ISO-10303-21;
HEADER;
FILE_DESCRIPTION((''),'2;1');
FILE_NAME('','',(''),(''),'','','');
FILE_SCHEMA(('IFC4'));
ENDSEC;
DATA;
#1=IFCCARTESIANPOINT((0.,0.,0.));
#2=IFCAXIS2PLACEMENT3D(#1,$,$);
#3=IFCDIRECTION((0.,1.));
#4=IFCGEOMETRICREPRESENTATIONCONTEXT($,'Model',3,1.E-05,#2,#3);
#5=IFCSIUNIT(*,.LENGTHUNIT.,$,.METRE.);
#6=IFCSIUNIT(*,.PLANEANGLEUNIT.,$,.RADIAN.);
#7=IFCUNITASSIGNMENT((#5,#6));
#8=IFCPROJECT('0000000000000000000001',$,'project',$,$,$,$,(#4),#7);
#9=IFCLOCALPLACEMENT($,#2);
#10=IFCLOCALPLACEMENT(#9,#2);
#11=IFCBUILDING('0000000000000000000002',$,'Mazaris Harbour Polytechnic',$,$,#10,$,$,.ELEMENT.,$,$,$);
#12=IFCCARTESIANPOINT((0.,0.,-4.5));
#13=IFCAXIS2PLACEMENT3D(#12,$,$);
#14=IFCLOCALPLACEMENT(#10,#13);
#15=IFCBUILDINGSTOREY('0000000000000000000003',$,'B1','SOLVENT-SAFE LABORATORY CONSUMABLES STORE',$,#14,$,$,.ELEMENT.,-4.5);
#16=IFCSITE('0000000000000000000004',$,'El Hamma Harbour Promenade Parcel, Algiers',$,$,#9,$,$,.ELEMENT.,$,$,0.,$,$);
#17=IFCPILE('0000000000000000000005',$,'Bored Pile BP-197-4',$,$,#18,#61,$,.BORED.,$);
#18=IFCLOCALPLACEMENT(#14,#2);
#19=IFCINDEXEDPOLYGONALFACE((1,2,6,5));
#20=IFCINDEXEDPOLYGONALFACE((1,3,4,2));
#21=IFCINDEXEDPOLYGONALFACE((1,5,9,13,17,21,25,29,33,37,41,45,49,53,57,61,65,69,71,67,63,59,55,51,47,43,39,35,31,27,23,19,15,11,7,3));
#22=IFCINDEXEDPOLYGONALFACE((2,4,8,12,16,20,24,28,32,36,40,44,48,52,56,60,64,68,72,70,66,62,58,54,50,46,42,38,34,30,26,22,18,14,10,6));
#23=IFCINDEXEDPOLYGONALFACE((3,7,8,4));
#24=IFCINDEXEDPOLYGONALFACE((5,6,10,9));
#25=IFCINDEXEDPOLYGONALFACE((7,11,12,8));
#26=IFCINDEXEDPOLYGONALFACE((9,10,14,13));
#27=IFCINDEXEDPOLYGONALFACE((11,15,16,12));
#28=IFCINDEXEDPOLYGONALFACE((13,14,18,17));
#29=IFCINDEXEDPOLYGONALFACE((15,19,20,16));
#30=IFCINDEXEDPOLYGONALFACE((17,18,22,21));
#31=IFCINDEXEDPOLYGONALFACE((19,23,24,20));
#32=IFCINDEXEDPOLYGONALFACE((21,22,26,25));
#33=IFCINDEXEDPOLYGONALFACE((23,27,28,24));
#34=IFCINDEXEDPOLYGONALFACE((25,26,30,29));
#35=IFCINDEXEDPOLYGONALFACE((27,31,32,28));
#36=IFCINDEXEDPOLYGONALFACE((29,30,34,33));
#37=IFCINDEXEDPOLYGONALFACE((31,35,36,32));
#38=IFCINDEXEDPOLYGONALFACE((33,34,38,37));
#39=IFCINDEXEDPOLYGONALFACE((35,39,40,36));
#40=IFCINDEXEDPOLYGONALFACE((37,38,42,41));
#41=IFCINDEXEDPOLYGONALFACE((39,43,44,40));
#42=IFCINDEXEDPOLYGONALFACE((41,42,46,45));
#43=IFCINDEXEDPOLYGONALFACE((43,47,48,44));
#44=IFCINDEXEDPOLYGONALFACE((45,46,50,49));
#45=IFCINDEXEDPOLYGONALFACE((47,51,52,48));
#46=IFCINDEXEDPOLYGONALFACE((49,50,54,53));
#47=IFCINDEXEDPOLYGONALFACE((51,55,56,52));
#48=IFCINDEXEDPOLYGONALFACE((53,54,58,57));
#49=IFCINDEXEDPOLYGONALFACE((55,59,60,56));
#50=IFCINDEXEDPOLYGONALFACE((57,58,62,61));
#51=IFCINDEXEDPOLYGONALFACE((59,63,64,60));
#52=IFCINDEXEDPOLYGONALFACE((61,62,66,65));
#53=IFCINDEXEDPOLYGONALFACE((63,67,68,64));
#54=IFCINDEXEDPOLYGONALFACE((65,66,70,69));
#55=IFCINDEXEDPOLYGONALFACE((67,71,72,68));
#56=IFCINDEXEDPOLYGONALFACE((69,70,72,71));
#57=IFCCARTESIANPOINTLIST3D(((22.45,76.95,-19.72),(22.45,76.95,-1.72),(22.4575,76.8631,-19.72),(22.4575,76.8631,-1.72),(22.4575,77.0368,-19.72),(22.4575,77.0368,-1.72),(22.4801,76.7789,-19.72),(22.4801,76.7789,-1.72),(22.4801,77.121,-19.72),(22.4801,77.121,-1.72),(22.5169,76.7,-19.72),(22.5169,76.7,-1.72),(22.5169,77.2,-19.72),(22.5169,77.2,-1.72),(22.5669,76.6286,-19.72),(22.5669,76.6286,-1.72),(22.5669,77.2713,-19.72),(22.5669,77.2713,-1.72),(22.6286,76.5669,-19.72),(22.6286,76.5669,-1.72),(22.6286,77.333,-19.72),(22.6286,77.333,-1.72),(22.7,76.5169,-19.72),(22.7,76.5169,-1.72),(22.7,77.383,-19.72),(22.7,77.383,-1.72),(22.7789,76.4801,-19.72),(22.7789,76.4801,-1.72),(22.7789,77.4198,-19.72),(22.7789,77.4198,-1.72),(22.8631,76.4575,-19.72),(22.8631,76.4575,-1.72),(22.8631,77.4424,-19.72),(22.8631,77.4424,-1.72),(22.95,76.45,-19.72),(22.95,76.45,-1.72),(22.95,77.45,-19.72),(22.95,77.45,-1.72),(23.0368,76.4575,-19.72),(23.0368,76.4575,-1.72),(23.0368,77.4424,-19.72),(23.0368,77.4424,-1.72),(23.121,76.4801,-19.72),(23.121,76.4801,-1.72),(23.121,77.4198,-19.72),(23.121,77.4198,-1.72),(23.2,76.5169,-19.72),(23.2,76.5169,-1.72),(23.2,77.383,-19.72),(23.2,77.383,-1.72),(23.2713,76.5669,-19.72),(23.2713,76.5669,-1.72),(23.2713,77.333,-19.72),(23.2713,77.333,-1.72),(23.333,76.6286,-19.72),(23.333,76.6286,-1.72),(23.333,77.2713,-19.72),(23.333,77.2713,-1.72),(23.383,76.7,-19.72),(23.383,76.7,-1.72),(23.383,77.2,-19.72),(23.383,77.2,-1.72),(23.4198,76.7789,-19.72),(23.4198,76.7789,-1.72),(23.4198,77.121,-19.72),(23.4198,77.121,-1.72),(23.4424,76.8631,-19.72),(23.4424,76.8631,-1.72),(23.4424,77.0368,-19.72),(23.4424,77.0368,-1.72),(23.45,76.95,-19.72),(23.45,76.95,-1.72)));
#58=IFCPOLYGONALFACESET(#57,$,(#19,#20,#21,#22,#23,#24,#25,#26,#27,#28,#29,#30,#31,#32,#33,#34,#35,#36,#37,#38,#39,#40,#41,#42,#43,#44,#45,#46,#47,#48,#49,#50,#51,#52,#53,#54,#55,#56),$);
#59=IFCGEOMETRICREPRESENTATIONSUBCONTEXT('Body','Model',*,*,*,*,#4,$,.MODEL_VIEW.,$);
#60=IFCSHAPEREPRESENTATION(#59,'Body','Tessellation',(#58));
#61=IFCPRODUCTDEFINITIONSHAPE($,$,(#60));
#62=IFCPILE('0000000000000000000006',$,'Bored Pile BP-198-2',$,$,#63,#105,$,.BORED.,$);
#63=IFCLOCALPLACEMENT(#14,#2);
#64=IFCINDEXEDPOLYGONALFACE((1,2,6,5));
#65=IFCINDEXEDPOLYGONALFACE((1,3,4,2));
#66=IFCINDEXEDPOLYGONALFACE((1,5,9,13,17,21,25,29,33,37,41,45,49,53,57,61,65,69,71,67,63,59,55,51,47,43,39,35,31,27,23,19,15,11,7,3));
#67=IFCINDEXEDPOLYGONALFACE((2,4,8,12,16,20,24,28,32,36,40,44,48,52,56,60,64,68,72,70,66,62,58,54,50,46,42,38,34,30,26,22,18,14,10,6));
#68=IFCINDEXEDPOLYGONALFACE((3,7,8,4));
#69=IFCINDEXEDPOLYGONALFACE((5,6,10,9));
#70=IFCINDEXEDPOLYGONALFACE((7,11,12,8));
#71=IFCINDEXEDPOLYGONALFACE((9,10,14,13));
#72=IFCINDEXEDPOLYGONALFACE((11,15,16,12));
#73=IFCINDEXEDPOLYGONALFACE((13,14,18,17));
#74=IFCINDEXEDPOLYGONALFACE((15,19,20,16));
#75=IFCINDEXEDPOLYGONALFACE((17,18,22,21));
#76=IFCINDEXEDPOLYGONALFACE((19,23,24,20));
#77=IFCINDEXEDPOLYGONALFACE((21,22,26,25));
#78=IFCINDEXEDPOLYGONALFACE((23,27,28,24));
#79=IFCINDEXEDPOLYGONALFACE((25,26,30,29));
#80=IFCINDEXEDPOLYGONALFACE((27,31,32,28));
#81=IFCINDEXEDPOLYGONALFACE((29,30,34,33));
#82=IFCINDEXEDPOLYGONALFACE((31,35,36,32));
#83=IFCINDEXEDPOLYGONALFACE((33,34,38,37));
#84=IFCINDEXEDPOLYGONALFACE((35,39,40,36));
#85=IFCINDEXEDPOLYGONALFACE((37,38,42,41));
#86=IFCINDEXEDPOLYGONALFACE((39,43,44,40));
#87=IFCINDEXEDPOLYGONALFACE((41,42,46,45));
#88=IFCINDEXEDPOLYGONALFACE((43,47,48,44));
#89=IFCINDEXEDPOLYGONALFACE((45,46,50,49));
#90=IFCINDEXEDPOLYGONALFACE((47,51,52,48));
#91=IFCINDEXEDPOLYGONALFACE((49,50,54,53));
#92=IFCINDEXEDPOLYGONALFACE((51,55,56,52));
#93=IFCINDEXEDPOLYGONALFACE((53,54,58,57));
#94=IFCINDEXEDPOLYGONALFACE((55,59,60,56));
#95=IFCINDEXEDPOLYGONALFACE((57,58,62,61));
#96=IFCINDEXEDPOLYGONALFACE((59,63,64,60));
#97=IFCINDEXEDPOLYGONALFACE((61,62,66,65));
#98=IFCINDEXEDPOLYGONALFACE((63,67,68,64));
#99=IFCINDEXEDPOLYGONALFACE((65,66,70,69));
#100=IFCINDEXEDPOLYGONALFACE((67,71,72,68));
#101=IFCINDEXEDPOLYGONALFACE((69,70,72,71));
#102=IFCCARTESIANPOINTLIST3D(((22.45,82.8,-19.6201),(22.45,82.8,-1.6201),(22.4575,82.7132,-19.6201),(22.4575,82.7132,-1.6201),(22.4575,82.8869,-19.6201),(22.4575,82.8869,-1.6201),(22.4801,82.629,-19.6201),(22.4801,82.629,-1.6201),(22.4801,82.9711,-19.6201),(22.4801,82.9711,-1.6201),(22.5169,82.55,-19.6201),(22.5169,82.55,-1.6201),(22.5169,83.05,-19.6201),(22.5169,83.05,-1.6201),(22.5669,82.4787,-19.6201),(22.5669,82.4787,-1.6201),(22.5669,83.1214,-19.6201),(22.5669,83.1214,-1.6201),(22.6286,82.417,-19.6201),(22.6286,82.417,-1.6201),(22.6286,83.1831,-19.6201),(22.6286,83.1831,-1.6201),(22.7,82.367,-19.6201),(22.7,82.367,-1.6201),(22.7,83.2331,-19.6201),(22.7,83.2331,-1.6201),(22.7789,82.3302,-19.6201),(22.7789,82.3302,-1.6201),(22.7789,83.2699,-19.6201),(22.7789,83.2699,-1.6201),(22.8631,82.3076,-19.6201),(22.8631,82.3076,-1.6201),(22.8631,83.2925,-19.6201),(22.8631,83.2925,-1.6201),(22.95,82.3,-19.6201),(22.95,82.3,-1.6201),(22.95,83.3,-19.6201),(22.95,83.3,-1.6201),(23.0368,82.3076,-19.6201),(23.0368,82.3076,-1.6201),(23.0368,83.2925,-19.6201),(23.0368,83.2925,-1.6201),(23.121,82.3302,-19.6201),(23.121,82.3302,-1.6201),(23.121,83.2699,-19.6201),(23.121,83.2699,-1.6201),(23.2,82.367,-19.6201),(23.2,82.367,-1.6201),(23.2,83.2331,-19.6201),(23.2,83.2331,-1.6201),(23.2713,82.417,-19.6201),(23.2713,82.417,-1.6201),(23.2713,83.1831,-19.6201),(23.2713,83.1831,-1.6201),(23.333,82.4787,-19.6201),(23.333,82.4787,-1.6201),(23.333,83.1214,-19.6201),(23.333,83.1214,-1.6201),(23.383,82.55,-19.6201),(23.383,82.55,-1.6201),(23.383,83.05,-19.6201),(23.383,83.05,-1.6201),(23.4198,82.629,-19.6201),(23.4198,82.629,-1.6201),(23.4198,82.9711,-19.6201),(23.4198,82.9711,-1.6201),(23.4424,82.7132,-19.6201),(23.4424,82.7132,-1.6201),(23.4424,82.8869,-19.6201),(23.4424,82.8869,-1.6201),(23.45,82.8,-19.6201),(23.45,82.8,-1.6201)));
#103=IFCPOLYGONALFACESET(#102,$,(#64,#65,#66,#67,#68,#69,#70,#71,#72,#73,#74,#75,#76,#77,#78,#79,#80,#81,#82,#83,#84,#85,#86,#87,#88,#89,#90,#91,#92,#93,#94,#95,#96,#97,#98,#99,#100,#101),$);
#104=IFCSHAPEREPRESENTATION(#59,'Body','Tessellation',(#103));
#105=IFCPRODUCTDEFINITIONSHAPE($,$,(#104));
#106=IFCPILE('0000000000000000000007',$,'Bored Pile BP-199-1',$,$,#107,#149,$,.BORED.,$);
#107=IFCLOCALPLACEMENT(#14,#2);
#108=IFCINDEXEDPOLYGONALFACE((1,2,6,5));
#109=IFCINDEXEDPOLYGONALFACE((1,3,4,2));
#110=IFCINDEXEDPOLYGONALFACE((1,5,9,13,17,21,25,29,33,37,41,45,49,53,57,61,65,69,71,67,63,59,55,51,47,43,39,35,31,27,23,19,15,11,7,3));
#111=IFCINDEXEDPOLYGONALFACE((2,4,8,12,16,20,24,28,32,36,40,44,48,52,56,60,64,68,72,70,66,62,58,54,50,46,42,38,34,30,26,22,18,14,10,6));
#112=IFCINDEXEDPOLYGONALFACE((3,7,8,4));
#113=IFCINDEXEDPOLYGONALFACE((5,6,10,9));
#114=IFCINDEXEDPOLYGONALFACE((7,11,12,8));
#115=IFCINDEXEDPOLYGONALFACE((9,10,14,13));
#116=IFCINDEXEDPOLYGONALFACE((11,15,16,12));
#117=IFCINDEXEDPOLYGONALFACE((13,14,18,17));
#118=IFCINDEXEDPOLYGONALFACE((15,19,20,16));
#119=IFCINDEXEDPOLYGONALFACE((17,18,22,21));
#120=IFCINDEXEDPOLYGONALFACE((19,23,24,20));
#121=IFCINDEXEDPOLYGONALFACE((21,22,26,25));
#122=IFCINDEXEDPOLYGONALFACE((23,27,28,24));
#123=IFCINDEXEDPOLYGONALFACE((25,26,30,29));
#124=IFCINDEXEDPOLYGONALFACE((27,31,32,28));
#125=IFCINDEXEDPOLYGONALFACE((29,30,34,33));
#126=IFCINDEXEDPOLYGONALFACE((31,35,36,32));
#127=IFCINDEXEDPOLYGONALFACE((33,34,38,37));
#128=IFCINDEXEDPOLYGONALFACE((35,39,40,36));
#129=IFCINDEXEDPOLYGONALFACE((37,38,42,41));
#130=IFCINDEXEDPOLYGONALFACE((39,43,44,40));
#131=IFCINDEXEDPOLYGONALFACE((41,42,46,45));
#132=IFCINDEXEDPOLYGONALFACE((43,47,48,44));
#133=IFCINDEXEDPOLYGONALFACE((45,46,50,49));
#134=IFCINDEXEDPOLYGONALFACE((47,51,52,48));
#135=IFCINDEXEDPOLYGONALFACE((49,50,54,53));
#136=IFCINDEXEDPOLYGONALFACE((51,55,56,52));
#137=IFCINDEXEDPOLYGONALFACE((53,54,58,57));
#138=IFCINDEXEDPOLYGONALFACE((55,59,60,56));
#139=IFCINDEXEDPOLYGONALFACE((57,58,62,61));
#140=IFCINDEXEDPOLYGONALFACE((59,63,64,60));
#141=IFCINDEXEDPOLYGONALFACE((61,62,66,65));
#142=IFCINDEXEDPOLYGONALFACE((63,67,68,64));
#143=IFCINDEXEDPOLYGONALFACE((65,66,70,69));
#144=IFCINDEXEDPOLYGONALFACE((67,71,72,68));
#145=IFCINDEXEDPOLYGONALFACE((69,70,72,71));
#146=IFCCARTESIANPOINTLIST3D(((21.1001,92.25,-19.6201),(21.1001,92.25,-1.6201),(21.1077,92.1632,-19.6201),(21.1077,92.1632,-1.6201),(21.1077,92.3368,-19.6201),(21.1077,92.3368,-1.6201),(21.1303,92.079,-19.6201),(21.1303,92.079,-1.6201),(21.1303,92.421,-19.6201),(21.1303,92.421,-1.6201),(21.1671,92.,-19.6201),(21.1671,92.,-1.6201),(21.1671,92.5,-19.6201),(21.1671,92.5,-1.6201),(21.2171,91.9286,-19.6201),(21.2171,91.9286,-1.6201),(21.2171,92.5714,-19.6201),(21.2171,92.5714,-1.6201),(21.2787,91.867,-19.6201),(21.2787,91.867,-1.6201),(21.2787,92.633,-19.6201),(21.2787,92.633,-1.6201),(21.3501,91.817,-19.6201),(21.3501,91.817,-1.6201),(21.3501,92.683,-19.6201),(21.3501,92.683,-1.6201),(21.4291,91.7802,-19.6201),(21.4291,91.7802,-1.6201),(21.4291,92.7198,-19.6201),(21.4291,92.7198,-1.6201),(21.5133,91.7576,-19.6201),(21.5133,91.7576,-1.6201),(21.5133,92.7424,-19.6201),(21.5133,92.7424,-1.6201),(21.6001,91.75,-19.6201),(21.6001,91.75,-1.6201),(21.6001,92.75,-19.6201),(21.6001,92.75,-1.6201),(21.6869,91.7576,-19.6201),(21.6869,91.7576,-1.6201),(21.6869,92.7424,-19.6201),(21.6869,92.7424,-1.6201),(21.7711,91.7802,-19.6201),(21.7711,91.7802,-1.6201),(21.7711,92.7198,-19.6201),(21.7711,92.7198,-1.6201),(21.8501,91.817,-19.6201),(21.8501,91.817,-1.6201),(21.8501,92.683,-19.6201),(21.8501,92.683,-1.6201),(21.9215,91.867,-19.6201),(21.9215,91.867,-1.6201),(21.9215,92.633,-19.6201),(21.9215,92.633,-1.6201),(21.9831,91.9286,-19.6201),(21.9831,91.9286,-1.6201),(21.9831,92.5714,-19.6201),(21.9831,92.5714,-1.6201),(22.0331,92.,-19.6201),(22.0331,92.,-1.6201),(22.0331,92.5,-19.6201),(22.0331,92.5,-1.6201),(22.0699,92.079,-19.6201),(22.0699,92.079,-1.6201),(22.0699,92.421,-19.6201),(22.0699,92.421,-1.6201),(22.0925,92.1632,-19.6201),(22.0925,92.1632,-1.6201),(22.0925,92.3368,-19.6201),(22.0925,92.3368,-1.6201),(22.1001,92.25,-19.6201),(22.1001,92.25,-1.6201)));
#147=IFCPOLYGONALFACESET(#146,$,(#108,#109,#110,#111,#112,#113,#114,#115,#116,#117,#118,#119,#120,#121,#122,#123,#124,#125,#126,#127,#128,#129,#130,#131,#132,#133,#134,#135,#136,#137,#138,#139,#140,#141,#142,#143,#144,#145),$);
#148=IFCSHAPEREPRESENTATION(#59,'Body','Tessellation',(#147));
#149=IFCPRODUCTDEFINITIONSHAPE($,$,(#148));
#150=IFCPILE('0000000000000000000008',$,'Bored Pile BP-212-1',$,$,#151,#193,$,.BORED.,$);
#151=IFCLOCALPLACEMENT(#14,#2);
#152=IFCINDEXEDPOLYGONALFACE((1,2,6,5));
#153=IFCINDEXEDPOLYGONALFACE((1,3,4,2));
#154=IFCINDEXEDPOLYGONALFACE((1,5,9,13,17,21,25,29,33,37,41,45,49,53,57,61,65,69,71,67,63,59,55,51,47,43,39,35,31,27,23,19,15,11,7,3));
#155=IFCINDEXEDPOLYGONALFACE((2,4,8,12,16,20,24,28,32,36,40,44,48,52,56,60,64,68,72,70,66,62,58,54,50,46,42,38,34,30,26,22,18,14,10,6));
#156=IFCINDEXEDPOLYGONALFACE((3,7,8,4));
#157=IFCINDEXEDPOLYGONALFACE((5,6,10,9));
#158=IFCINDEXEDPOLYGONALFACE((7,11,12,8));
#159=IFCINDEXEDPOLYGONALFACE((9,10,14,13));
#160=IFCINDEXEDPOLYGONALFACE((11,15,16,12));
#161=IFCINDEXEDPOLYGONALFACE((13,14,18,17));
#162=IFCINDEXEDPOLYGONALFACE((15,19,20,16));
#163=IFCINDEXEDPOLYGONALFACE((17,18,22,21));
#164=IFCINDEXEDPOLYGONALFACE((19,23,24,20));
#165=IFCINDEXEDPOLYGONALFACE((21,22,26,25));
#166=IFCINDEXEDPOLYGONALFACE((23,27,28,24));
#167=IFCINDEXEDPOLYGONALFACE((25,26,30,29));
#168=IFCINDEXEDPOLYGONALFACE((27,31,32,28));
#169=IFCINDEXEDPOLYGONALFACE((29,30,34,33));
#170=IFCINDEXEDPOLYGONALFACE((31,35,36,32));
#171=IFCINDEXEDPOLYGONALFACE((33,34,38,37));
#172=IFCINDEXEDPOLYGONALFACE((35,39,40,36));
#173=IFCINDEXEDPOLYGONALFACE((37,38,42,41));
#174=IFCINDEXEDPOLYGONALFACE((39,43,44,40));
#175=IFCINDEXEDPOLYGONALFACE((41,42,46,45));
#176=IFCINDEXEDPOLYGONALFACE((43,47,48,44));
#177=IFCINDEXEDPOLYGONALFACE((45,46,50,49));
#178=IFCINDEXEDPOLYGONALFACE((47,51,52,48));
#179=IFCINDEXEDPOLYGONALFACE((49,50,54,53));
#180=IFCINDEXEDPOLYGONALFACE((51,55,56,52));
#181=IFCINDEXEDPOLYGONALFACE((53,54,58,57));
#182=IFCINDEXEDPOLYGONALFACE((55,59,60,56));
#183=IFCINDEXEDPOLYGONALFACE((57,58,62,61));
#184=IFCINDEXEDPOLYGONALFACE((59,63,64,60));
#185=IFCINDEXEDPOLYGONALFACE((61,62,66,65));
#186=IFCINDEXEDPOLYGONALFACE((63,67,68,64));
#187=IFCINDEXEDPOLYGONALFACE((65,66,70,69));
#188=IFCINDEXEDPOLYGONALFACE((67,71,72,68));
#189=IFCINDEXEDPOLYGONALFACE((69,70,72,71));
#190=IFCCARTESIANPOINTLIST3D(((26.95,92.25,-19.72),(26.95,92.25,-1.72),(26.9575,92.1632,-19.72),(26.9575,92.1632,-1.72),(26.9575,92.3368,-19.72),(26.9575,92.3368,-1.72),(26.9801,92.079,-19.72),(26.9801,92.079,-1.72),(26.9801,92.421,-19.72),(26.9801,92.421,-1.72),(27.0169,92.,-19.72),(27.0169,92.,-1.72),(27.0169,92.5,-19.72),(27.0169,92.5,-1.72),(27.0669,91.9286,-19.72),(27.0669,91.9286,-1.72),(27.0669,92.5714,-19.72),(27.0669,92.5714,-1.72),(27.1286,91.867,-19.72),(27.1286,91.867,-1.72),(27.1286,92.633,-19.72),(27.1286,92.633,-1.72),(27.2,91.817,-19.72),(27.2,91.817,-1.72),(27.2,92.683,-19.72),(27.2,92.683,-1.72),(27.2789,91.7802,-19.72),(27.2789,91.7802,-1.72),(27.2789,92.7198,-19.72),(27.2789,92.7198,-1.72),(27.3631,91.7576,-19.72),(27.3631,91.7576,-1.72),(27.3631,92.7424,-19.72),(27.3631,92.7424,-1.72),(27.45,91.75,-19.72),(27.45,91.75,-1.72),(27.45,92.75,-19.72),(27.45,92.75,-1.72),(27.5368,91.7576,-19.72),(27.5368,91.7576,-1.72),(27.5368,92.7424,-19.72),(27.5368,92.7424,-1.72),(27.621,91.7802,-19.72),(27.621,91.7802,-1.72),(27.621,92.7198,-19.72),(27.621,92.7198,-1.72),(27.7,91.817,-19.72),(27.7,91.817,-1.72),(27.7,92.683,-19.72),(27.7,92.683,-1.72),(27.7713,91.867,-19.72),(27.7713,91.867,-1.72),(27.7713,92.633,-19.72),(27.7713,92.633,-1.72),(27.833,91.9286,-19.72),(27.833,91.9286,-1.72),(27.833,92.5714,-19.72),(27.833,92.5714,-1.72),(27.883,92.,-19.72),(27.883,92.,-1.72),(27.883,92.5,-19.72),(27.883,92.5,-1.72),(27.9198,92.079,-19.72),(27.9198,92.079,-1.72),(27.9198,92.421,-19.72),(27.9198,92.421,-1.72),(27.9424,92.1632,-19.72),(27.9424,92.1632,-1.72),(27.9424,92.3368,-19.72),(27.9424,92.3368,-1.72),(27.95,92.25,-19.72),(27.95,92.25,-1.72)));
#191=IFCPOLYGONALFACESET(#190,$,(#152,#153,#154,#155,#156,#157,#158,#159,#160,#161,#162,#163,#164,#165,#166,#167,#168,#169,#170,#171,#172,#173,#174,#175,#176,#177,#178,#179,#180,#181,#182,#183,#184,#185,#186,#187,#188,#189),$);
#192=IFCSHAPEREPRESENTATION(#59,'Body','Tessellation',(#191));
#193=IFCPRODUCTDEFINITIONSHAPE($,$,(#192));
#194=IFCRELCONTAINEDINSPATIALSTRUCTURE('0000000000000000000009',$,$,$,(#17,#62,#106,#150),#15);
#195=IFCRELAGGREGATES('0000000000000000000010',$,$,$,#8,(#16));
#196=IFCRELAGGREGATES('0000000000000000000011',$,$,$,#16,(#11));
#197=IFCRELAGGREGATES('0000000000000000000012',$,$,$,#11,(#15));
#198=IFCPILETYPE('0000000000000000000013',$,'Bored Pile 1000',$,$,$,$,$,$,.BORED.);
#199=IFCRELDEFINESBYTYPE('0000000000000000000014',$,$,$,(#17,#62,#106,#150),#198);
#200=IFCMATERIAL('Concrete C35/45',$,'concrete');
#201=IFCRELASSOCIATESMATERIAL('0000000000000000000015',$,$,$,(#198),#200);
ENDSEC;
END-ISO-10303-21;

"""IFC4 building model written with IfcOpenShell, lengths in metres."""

from ifc_helpers import new_model, si_unit, direction, frame, origin, origin_2d, place, context, subcontext, project, spatial, circle, extrude, material, material_profile, profile_set, type_object, element, save


model = new_model("IFC4")

# Units and contexts
model_context = context("Model", 3, precision=1e-05, world=origin(), true_north=direction((0.0, 1.0)))
body_context = subcontext(model_context, "Body", "Model", "MODEL_VIEW")
ifc_project = project(units=[si_unit("LENGTHUNIT", "METRE"), si_unit("PLANEANGLEUNIT", "RADIAN")], contexts=[model_context])

# Site, building, storey
site_placement = place(None, origin())
site = spatial("IfcSite", under=ifc_project, at=site_placement, Name="El Hamma Harbour Promenade Parcel, Algiers", CompositionType="ELEMENT", RefElevation=0.0)
building_placement = place(site_placement, origin())
building = spatial("IfcBuilding", under=site, at=building_placement, Name="Mazaris Harbour Polytechnic", CompositionType="ELEMENT")
storey_placement = place(building_placement, frame((0.0, 0.0, -4.5)))
storey = spatial("IfcBuildingStorey", under=building, at=storey_placement, Name="B1", Description="SOLVENT-SAFE LABORATORY CONSUMABLES STORE", CompositionType="ELEMENT", Elevation=-4.5)

# Piles
ifc_material_1 = material(Name="Concrete C35/45", Category="concrete")
ifc_material_profile_1 = material_profile(ifc_material_1, circle(Radius=0.5, at=origin_2d()), Name="DIA1000")
ifc_profile_set_1 = profile_set([ifc_material_profile_1], Name="Concrete C35/45")
pile_type_1 = type_object("IfcPileType", Name="Bored Pile 1000", PredefinedType="BORED", material=ifc_profile_set_1)
for number, where, z_axis, x_axis, name in (
    (1, (22.95, 76.95, -1.72), (0.0, 0.0, -1.0), (1.0, 0.0, 0.0), "Bored Pile BP-197-4"),
    (2, (22.95, 82.8, -1.6201), (0.0, 0.0, -1.0), (1.0, 0.0, 0.0), "Bored Pile BP-198-2"),
    (3, (21.6001, 92.25, -1.6201), (0.0, 0.0, -1.0), (1.0, 0.0, 0.0), "Bored Pile BP-199-1"),
    (4, (27.45, 92.25, -1.72), (0.0, 0.0, -1.0), (1.0, 0.0, 0.0), "Bored Pile BP-212-1"),
):
    element("IfcPile", number, at=place(storey_placement, frame(where, z_axis=z_axis, x_axis=x_axis)), inside=storey, type_object=pile_type_1, Name=name, PredefinedType="BORED", context=body_context, shape_type="SweptSolid", body=[
        extrude(circle(Radius=0.5, at=origin_2d()), origin(), (0.0, 0.0, 1.0), 18.0),
    ])

save(model, "model.ifc")
